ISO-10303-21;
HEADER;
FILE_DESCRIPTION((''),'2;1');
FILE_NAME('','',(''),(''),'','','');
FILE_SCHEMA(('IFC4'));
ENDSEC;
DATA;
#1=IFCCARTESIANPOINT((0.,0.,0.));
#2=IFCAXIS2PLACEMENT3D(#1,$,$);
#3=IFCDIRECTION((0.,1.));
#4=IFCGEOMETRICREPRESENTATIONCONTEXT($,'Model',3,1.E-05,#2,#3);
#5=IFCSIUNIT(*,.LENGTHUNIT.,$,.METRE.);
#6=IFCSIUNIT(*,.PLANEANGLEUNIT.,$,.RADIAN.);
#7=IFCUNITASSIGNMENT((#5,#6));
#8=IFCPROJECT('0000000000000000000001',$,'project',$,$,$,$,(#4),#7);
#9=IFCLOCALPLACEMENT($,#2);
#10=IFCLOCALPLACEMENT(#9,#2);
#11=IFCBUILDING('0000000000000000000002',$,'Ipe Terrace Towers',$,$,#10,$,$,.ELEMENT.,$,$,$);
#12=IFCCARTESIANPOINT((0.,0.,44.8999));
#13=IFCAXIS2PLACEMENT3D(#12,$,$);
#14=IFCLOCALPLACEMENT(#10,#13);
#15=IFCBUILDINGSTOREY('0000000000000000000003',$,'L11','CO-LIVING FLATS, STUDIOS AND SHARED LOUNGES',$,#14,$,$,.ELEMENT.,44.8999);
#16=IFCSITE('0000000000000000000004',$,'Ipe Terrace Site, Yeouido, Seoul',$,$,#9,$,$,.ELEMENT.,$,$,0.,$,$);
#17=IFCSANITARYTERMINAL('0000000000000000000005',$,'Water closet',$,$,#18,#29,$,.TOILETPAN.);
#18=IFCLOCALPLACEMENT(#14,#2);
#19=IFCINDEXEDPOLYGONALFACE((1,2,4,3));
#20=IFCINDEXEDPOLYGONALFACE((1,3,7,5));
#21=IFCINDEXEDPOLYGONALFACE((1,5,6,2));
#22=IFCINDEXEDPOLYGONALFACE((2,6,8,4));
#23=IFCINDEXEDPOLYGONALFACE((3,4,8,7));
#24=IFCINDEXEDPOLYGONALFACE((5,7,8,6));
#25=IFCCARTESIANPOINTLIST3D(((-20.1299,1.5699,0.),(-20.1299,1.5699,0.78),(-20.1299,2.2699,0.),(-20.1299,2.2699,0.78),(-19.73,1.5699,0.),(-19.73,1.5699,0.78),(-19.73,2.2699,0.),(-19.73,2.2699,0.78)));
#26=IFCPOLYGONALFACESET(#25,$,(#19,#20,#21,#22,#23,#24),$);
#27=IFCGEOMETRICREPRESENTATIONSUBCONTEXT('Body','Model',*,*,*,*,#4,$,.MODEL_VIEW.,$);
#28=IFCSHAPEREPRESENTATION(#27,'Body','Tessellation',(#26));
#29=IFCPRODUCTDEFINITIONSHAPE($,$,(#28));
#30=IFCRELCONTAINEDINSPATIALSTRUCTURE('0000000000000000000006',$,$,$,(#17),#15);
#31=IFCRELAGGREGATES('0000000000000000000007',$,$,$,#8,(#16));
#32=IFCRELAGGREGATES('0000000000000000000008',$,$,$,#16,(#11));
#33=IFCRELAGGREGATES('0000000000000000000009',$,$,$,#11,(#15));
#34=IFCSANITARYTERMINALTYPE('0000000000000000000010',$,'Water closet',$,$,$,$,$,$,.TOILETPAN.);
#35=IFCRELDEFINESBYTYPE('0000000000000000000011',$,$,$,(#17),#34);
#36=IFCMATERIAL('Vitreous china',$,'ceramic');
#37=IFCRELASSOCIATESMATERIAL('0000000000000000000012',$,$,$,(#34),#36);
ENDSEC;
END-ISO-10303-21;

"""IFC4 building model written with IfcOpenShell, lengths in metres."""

from ifc_helpers import new_model, si_unit, direction, frame, origin, origin_2d, place, context, subcontext, project, spatial, rectangle, extrude, material, type_object, element, save


model = new_model("IFC4")

# Units and contexts
model_context = context("Model", 3, precision=1e-05, world=origin(), true_north=direction((0.0, 1.0)))
body_context = subcontext(model_context, "Body", "Model", "MODEL_VIEW")
ifc_project = project(units=[si_unit("LENGTHUNIT", "METRE"), si_unit("PLANEANGLEUNIT", "RADIAN")], contexts=[model_context])

# Site, building, storey
site_placement = place(None, origin())
site = spatial("IfcSite", under=ifc_project, at=site_placement, Name="Ipe Terrace Site, Yeouido, Seoul", CompositionType="ELEMENT", RefElevation=0.0)
building_placement = place(site_placement, origin())
building = spatial("IfcBuilding", under=site, at=building_placement, Name="Ipe Terrace Towers", CompositionType="ELEMENT")
storey_placement = place(building_placement, frame((0.0, 0.0, 44.8999)))
storey = spatial("IfcBuildingStorey", under=building, at=storey_placement, Name="L11", Description="CO-LIVING FLATS, STUDIOS AND SHARED LOUNGES", CompositionType="ELEMENT", Elevation=44.8999)

# Sanitary terminal
ifc_material_1 = material(Name="Vitreous china", Category="ceramic")
sanitary_terminal_type_1 = type_object("IfcSanitaryTerminalType", Name="Water closet", PredefinedType="TOILETPAN", material=ifc_material_1)
sanitary_terminal_1_placement = place(storey_placement, frame((-19.9299, 1.9199, 0.0), z_axis=(0.0, 0.0, 1.0), x_axis=(0.0, 1.0, 0.0)))
element("IfcSanitaryTerminal", 1, at=sanitary_terminal_1_placement, inside=storey, type_object=sanitary_terminal_type_1, Name="Water closet", PredefinedType="TOILETPAN", context=body_context, shape_type="SweptSolid", body=[
    extrude(rectangle(XDim=0.7, YDim=0.3999, at=origin_2d()), origin(), (0.0, 0.0, 1.0), 0.78),
])

save(model, "model.ifc")
